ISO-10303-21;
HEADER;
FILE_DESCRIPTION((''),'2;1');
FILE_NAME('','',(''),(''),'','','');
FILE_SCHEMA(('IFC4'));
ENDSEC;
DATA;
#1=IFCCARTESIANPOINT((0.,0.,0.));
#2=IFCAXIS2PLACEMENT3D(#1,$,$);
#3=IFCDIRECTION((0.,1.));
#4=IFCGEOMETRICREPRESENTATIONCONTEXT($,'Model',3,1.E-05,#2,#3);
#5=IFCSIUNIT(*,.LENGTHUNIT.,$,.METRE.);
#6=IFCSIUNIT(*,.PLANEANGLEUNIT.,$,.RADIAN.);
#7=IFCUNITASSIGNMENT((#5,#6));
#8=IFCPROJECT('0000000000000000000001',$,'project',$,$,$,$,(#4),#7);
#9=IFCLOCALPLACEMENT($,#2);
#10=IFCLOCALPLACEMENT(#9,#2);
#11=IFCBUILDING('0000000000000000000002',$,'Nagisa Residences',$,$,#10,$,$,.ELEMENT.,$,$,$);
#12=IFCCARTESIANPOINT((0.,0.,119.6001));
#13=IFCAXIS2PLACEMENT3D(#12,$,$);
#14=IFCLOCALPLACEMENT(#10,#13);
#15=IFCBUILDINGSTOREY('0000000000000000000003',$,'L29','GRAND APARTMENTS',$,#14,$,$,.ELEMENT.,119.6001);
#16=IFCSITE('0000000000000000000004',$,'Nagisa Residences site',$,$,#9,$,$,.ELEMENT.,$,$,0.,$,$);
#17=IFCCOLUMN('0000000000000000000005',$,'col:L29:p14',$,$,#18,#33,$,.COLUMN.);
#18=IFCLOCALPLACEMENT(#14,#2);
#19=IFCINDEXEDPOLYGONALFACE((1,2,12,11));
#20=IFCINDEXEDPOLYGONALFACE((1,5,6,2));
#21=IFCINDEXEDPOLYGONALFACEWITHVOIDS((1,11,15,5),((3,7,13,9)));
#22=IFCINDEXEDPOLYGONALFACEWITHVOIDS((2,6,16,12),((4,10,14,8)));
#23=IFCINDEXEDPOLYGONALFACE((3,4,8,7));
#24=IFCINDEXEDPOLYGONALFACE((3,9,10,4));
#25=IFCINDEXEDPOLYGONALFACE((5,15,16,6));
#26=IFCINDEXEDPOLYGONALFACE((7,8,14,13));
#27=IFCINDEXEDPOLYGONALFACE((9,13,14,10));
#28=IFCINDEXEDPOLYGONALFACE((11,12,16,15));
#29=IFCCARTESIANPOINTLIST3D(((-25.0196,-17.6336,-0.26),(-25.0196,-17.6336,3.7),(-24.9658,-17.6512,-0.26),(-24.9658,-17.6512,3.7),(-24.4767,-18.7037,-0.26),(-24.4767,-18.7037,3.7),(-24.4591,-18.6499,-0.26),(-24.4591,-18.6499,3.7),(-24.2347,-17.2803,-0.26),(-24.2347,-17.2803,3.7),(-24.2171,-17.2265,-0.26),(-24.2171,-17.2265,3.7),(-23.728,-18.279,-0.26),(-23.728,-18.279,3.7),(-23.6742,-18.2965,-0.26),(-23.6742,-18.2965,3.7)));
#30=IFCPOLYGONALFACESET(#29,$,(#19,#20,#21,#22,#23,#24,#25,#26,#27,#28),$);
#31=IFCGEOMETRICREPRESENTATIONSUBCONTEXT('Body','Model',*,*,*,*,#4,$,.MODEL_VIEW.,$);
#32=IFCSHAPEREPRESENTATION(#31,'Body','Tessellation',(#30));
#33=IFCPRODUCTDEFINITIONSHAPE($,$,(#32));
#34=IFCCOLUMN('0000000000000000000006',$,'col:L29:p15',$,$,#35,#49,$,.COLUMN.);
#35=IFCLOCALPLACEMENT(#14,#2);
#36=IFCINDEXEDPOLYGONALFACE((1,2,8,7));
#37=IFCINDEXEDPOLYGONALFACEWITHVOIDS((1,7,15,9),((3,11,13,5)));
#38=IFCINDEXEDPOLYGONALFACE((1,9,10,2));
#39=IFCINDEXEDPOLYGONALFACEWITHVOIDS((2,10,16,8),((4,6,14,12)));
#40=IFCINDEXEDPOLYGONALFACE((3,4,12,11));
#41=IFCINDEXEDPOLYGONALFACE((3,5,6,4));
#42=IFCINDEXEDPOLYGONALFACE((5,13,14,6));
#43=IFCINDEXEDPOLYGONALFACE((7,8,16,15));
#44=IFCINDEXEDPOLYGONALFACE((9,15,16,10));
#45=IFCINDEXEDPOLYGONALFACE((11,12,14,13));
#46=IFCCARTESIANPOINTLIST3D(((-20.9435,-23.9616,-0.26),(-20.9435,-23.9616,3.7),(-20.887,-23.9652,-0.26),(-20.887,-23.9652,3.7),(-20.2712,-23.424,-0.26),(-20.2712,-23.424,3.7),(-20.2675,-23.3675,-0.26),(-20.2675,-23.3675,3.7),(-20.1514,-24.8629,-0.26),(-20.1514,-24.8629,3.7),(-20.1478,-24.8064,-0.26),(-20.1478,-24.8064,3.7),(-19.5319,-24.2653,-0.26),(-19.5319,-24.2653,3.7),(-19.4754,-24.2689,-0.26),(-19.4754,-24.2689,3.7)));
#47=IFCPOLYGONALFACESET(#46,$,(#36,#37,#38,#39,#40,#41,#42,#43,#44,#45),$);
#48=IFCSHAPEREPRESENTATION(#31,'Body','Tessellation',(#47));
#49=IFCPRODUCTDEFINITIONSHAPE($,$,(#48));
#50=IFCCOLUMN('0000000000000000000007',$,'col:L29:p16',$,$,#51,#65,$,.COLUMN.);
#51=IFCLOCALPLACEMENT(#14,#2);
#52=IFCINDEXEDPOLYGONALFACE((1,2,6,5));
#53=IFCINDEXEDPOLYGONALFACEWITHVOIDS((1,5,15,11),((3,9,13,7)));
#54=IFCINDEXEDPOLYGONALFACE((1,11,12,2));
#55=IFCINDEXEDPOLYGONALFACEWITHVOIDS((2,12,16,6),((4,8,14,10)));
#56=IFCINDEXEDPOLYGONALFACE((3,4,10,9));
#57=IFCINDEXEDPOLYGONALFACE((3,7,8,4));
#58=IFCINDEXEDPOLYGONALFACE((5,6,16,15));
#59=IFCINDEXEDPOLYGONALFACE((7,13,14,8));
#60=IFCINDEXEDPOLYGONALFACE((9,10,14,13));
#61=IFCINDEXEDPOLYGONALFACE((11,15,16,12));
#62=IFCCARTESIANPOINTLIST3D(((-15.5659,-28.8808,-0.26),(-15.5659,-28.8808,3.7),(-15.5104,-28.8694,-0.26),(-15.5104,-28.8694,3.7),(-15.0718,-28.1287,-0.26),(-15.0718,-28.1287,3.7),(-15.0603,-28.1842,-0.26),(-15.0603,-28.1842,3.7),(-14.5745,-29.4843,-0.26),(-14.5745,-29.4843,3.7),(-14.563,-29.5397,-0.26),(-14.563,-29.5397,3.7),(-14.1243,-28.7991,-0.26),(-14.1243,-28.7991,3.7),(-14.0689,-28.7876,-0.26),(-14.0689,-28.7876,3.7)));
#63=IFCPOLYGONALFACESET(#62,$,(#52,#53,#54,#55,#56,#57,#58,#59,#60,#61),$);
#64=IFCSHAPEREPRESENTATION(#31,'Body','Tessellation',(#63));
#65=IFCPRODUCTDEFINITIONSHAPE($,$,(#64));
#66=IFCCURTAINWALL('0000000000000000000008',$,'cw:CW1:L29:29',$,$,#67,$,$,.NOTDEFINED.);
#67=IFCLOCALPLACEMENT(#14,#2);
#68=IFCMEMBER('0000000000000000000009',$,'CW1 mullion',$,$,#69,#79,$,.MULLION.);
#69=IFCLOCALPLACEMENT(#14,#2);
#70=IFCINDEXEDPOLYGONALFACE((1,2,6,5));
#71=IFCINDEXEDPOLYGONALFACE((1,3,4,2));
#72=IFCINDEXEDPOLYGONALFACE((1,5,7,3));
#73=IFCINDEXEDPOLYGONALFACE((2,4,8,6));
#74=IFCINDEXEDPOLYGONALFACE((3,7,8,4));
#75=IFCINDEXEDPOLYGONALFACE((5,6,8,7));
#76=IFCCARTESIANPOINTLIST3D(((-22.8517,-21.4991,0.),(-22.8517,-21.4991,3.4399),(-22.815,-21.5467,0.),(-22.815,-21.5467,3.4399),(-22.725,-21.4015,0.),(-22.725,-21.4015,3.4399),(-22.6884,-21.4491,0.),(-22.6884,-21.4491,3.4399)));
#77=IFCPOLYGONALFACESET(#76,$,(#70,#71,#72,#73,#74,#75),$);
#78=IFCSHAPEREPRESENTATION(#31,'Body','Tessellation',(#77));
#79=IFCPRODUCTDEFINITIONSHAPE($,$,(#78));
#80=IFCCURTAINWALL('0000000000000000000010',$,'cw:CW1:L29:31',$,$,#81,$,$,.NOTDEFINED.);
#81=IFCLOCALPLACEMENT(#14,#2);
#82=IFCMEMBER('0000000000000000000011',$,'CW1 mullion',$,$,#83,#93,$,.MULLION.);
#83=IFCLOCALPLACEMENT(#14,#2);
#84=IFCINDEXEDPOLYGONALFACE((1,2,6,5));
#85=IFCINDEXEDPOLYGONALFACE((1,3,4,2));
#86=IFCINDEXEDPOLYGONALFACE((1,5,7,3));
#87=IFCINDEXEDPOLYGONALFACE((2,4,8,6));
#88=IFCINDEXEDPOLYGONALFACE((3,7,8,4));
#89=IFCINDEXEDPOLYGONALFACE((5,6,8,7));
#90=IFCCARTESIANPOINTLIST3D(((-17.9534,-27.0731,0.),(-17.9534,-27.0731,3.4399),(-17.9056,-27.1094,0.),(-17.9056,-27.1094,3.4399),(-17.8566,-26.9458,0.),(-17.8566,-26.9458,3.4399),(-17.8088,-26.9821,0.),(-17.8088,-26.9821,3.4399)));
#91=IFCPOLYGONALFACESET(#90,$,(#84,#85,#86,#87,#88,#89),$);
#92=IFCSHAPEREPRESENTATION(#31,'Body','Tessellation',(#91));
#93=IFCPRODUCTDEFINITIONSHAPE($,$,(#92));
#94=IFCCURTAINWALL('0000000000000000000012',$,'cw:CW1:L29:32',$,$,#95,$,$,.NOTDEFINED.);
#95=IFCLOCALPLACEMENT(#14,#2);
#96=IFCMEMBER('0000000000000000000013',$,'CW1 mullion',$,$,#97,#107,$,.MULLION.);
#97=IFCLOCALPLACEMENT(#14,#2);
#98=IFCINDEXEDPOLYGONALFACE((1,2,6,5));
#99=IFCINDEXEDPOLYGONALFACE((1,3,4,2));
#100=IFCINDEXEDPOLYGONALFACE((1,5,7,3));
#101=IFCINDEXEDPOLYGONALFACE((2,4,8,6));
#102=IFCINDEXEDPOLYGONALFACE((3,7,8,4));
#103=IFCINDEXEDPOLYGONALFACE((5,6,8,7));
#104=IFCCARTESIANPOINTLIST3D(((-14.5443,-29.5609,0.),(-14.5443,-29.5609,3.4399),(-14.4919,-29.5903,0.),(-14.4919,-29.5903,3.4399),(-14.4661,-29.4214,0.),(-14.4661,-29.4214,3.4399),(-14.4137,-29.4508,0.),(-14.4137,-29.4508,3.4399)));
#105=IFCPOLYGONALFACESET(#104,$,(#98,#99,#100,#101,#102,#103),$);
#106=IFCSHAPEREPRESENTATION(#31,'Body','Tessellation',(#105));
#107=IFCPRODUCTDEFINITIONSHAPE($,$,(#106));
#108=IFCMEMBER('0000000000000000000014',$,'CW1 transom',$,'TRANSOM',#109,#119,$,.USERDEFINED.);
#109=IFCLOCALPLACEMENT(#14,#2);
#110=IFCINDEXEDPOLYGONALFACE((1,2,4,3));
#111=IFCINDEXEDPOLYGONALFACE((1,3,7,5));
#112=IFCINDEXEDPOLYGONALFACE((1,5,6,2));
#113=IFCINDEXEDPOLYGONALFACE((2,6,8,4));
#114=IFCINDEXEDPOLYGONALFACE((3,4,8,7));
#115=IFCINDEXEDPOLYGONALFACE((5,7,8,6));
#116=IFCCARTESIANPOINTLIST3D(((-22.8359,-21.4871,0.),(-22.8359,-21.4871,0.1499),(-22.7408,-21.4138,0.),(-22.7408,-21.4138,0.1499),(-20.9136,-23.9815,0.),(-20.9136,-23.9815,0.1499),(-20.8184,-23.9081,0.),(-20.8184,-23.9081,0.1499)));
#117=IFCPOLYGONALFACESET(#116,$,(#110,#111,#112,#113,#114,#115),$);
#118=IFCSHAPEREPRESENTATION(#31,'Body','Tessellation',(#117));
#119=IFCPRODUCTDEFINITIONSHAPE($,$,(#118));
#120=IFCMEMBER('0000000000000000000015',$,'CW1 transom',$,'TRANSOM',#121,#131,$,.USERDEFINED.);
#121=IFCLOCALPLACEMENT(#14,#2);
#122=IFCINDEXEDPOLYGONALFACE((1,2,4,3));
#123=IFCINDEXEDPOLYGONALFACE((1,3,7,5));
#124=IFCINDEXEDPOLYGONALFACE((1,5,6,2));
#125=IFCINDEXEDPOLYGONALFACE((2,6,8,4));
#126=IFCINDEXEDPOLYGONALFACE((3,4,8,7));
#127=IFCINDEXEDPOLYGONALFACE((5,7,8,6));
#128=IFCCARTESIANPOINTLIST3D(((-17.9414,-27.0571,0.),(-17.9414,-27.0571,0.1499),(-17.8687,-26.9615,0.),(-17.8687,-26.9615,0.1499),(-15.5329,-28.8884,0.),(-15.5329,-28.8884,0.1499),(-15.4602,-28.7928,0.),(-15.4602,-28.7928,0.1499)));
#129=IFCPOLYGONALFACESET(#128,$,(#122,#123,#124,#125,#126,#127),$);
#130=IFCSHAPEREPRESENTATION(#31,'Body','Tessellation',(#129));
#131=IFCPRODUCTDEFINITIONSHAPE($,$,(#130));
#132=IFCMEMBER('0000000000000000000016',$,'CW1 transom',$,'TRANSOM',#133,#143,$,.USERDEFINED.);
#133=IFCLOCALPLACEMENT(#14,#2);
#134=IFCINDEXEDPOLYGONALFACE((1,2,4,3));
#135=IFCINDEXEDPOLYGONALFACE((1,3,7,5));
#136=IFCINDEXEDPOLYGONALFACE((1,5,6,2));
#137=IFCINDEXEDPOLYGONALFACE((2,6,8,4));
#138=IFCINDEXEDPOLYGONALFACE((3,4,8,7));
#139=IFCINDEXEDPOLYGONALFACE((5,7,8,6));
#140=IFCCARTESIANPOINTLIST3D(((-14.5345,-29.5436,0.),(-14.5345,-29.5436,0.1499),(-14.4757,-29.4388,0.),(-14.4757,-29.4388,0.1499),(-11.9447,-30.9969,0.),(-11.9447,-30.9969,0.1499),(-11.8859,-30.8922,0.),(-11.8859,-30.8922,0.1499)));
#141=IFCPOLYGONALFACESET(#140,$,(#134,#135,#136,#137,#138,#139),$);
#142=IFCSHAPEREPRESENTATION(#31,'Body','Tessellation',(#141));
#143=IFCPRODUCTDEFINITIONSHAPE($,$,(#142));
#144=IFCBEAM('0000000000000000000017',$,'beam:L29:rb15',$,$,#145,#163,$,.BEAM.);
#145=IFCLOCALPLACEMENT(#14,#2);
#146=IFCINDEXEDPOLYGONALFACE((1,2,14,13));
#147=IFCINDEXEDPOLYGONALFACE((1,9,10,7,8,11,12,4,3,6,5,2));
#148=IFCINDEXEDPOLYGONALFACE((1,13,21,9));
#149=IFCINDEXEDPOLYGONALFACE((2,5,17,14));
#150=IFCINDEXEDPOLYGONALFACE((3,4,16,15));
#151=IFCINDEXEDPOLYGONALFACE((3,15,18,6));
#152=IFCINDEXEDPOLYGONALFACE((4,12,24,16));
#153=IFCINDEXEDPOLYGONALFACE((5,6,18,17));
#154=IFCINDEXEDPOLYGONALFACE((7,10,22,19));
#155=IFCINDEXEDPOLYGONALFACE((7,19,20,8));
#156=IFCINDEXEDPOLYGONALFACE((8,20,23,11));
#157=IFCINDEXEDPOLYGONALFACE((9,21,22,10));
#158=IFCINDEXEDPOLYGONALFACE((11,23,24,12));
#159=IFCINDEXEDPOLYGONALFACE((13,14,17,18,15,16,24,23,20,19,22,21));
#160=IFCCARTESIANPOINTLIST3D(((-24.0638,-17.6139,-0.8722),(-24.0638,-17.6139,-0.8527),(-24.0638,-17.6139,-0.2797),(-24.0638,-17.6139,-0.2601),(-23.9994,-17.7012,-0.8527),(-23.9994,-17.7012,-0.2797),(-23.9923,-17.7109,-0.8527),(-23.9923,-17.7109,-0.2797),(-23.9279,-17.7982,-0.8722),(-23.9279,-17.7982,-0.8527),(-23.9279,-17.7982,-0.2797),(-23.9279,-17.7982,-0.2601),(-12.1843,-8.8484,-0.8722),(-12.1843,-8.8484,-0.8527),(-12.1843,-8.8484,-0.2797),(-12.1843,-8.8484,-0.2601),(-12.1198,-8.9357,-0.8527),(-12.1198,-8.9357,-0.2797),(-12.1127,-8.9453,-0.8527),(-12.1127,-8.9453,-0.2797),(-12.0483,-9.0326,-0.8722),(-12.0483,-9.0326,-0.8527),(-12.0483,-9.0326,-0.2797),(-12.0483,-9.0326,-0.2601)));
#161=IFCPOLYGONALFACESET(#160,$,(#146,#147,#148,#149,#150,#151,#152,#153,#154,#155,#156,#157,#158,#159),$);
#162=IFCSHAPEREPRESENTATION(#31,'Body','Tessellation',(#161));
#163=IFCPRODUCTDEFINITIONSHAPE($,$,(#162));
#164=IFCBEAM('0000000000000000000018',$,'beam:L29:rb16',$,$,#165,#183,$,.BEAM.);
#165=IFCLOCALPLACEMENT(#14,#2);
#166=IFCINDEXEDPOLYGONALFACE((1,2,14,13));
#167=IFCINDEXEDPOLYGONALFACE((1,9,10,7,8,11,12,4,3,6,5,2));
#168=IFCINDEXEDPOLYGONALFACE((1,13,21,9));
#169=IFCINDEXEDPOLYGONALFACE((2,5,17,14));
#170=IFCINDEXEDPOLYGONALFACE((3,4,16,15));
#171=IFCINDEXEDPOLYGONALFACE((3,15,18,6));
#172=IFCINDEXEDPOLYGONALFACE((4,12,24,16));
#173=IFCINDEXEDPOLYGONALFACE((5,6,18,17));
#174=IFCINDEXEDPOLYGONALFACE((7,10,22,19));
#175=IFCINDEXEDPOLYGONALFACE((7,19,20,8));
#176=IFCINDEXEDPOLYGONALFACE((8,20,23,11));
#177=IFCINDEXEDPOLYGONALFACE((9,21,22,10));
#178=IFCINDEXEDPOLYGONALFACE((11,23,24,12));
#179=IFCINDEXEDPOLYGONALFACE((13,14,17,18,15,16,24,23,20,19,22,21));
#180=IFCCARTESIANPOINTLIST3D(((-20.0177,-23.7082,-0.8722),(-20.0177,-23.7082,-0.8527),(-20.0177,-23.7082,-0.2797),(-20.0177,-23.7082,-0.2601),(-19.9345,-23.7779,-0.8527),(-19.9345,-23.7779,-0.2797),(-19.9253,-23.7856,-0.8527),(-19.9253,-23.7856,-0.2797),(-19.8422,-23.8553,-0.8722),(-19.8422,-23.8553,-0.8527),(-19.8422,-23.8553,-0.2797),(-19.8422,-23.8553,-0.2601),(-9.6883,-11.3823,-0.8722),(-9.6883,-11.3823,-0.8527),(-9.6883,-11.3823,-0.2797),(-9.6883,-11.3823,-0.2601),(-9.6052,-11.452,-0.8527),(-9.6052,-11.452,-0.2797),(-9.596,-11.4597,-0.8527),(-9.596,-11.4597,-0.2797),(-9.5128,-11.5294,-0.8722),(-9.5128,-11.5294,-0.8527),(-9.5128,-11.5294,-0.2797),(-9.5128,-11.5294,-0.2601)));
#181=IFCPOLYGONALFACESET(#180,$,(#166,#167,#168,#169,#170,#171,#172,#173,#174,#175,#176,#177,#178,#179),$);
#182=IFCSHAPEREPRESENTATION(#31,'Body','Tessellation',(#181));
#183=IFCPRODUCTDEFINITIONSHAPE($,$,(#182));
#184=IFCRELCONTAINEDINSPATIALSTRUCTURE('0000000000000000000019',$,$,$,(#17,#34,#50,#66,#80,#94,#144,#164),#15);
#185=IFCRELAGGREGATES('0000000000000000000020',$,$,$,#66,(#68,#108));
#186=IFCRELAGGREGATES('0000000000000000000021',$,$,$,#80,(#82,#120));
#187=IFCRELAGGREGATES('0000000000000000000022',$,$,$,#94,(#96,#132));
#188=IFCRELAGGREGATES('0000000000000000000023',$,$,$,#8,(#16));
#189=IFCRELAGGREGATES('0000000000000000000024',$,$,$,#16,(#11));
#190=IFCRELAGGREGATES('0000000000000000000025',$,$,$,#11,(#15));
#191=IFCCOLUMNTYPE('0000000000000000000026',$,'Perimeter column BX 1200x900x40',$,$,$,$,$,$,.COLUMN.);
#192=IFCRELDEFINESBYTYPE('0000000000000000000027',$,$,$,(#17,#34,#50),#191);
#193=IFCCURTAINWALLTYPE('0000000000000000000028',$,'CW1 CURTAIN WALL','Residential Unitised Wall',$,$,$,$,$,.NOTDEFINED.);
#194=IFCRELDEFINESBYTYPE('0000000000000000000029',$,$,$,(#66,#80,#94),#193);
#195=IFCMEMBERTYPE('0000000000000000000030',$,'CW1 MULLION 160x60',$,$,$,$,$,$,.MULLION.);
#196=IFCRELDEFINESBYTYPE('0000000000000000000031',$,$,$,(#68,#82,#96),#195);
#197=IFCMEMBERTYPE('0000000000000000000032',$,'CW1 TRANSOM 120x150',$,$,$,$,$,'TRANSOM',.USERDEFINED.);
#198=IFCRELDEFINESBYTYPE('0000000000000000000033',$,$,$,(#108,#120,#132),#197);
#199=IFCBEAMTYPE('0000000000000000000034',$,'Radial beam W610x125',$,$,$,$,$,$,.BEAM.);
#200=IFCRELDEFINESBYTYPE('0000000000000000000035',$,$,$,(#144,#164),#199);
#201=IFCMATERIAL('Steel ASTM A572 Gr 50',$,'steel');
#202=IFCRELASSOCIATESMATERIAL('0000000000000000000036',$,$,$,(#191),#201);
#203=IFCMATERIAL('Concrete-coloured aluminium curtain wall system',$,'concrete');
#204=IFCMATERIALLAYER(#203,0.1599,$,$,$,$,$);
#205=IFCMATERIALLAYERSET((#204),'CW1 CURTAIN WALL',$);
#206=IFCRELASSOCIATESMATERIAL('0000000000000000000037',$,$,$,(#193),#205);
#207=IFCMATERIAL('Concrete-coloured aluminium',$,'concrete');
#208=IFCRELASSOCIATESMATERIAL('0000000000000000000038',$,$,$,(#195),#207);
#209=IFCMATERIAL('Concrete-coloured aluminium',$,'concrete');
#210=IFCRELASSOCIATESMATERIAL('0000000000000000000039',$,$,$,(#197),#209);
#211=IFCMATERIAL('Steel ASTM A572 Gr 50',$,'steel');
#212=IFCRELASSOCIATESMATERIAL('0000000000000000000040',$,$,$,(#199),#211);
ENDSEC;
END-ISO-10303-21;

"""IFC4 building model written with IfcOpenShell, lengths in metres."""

from ifc_helpers import new_model, si_unit, direction, frame, origin, origin_2d, place, context, subcontext, project, spatial, rectangle, hollow_rectangle, i_section, extrude, material, layer, layer_set, material_profile, profile_set, type_object, element, aggregate, save


model = new_model("IFC4")

# Units and contexts
model_context = context("Model", 3, precision=1e-05, world=origin(), true_north=direction((0.0, 1.0)))
body_context = subcontext(model_context, "Body", "Model", "MODEL_VIEW")
ifc_project = project(units=[si_unit("LENGTHUNIT", "METRE"), si_unit("PLANEANGLEUNIT", "RADIAN")], contexts=[model_context])

# Site, building, storey
site_placement = place(None, origin())
site = spatial("IfcSite", under=ifc_project, at=site_placement, Name="Nagisa Residences site", CompositionType="ELEMENT", RefElevation=0.0)
building_placement = place(site_placement, origin())
building = spatial("IfcBuilding", under=site, at=building_placement, Name="Nagisa Residences", CompositionType="ELEMENT")
storey_placement = place(building_placement, frame((0.0, 0.0, 119.6001)))
storey = spatial("IfcBuildingStorey", under=building, at=storey_placement, Name="L29", Description="GRAND APARTMENTS", CompositionType="ELEMENT", Elevation=119.6001)

# Columns
ifc_material_1 = material(Name="Steel ASTM A572 Gr 50", Category="steel")
ifc_material_profile_1 = material_profile(ifc_material_1, hollow_rectangle(XDim=1.2, YDim=0.8999, WallThickness=0.04, at=origin_2d()), Name="BX 1200x900x40")
ifc_profile_set_1 = profile_set([ifc_material_profile_1], Name="Steel ASTM A572 Gr 50")
column_type = type_object("IfcColumnType", Name="Perimeter column BX 1200x900x40", PredefinedType="COLUMN", material=ifc_profile_set_1)
for number, where, z_axis, x_axis, name in (
    (1, (-24.3469, -17.9651, -0.26), (0.0, 0.0, 1.0), (0.452463, -0.891783, 0.0), "col:L29:p14"),
    (2, (-20.2095, -24.1152, -0.26), (0.0, 0.0, 1.0), (0.660115, -0.751165, 0.0), "col:L29:p15"),
    (3, (-14.8174, -28.8342, -0.26), (0.0, 0.0, 1.0), (0.835766, -0.549086, 0.0), "col:L29:p16"),
):
    element("IfcColumn", number, at=place(storey_placement, frame(where, z_axis=z_axis, x_axis=x_axis)), inside=storey, type_object=column_type, Name=name, PredefinedType="COLUMN", context=body_context, shape_type="SweptSolid", body=[
        extrude(hollow_rectangle(XDim=1.2, YDim=0.8999, WallThickness=0.04, at=origin_2d()), origin(), (0.0, 0.0, 1.0), 3.96),
    ])

# Curtain walls, members
ifc_material_2 = material(Name="Concrete-coloured aluminium curtain wall system", Category="concrete")
ifc_layer_1 = layer(ifc_material_2, 0.1599)
ifc_layer_set_1 = layer_set([ifc_layer_1], Name="CW1 CURTAIN WALL")
curtain_wall_type = type_object("IfcCurtainWallType", Name="CW1 CURTAIN WALL", Description="Residential Unitised Wall", PredefinedType="NOTDEFINED", material=ifc_layer_set_1)
curtain_wall_1_placement = place(storey_placement, origin())
curtain_wall_1 = element("IfcCurtainWall", 4, at=curtain_wall_1_placement, inside=storey, type_object=curtain_wall_type, Name="cw:CW1:L29:29", PredefinedType="NOTDEFINED")
ifc_material_3 = material(Name="Concrete-coloured aluminium", Category="concrete")
ifc_material_profile_2 = material_profile(ifc_material_3, rectangle(XDim=0.1599, YDim=0.0601, at=origin_2d()), Name="CW1 MULLION 160x60")
ifc_profile_set_2 = profile_set([ifc_material_profile_2], Name="Concrete-coloured aluminium")
member_type_1 = type_object("IfcMemberType", Name="CW1 MULLION 160x60", PredefinedType="MULLION", material=ifc_profile_set_2)
member_1_placement = place(storey_placement, frame((-22.77, -21.4741, 0.0), z_axis=(0.0, 0.0, 1.0), x_axis=(0.79207, 0.61043, 0.0)))
member_1 = element("IfcMember", 5, at=member_1_placement, type_object=member_type_1, Name="CW1 mullion", PredefinedType="MULLION", context=body_context, shape_type="SweptSolid", body=[
    extrude(rectangle(XDim=0.1599, YDim=0.0601, at=origin_2d()), origin(), (0.0, 0.0, 1.0), 3.4399),
])
curtain_wall_2_placement = place(storey_placement, origin())
curtain_wall_2 = element("IfcCurtainWall", 6, at=curtain_wall_2_placement, inside=storey, type_object=curtain_wall_type, Name="cw:CW1:L29:31", PredefinedType="NOTDEFINED")
member_2_placement = place(storey_placement, frame((-17.8811, -27.0276, 0.0), z_axis=(0.0, 0.0, 1.0), x_axis=(0.605255, 0.796031, 0.0)))
member_2 = element("IfcMember", 7, at=member_2_placement, type_object=member_type_1, Name="CW1 mullion", PredefinedType="MULLION", context=body_context, shape_type="SweptSolid", body=[
    extrude(rectangle(XDim=0.1599, YDim=0.0601, at=origin_2d()), origin(), (0.0, 0.0, 1.0), 3.4399),
])
curtain_wall_3_placement = place(storey_placement, origin())
curtain_wall_3 = element("IfcCurtainWall", 8, at=curtain_wall_3_placement, inside=storey, type_object=curtain_wall_type, Name="cw:CW1:L29:32", PredefinedType="NOTDEFINED")
member_3_placement = place(storey_placement, frame((-14.479, -29.5059, 0.0), z_axis=(0.0, 0.0, 1.0), x_axis=(0.489377, 0.872072, 0.0)))
member_3 = element("IfcMember", 9, at=member_3_placement, type_object=member_type_1, Name="CW1 mullion", PredefinedType="MULLION", context=body_context, shape_type="SweptSolid", body=[
    extrude(rectangle(XDim=0.1599, YDim=0.0601, at=origin_2d()), origin(), (0.0, 0.0, 1.0), 3.4399),
])

# Members
ifc_material_4 = material(Name="Concrete-coloured aluminium", Category="concrete")
ifc_material_profile_3 = material_profile(ifc_material_4, rectangle(XDim=0.1201, YDim=0.1499, at=origin_2d()), Name="CW1 TRANSOM 120x150")
ifc_profile_set_3 = profile_set([ifc_material_profile_3], Name="Concrete-coloured aluminium")
member_type_2 = type_object("IfcMemberType", Name="CW1 TRANSOM 120x150", ElementType="TRANSOM", PredefinedType="USERDEFINED", material=ifc_profile_set_3)
member_4_placement = place(storey_placement, frame((-22.7883, -21.4504, 0.075), z_axis=(0.61043, -0.79207, 0.0), x_axis=(0.79207, 0.61043, 0.0)))
member_4 = element("IfcMember", 10, at=member_4_placement, type_object=member_type_2, Name="CW1 transom", ObjectType="TRANSOM", PredefinedType="USERDEFINED", context=body_context, shape_type="SweptSolid", body=[
    extrude(rectangle(XDim=0.1201, YDim=0.1499, at=origin_2d()), origin(), (0.0, 0.0, 1.0), 3.1492),
])
member_5_placement = place(storey_placement, frame((-17.905, -27.0093, 0.075), z_axis=(0.796022, -0.605267, 0.0), x_axis=(0.605267, 0.796022, 0.0)))
member_5 = element("IfcMember", 11, at=member_5_placement, type_object=member_type_2, Name="CW1 transom", ObjectType="TRANSOM", PredefinedType="USERDEFINED", context=body_context, shape_type="SweptSolid", body=[
    extrude(rectangle(XDim=0.1201, YDim=0.1499, at=origin_2d()), origin(), (0.0, 0.0, 1.0), 3.0256),
])
member_6_placement = place(storey_placement, frame((-14.5051, -29.4912, 0.075), z_axis=(0.872067, -0.489387, 0.0), x_axis=(0.489387, 0.872067, 0.0)))
member_6 = element("IfcMember", 12, at=member_6_placement, type_object=member_type_2, Name="CW1 transom", ObjectType="TRANSOM", PredefinedType="USERDEFINED", context=body_context, shape_type="SweptSolid", body=[
    extrude(rectangle(XDim=0.1201, YDim=0.1499, at=origin_2d()), origin(), (0.0, 0.0, 1.0), 2.9697),
])

# Beams
ifc_material_5 = material(Name="Steel ASTM A572 Gr 50", Category="steel")
ifc_material_profile_4 = material_profile(ifc_material_5, i_section(OverallWidth=0.229, OverallDepth=0.6121, WebThickness=0.012, FlangeThickness=0.0195, at=origin_2d()), Name="W610x125")
ifc_profile_set_4 = profile_set([ifc_material_profile_4], Name="Steel ASTM A572 Gr 50")
beam_type = type_object("IfcBeamType", Name="Radial beam W610x125", PredefinedType="BEAM", material=ifc_profile_set_4)
beam_1_placement = place(storey_placement, frame((-23.9958, -17.7061, -0.5662), z_axis=(0.804661, 0.593735, 0.0), x_axis=(-0.593735, 0.804661, 0.0)))
element("IfcBeam", 13, at=beam_1_placement, inside=storey, type_object=beam_type, Name="beam:L29:rb15", PredefinedType="BEAM", context=body_context, shape_type="SweptSolid", body=[
    extrude(i_section(OverallWidth=0.229, OverallDepth=0.6121, WebThickness=0.012, FlangeThickness=0.0195, at=origin_2d()), origin(), (0.0, 0.0, 1.0), 14.7634),
])
beam_2_placement = place(storey_placement, frame((-19.9299, -23.7817, -0.5662), z_axis=(0.642301, 0.766453, 0.0), x_axis=(-0.766453, 0.642301, 0.0)))
element("IfcBeam", 14, at=beam_2_placement, inside=storey, type_object=beam_type, Name="beam:L29:rb16", PredefinedType="BEAM", context=body_context, shape_type="SweptSolid", body=[
    extrude(i_section(OverallWidth=0.229, OverallDepth=0.6121, WebThickness=0.012, FlangeThickness=0.0195, at=origin_2d()), origin(), (0.0, 0.0, 1.0), 16.0818),
])

aggregate(curtain_wall_1, [member_1, member_4])
aggregate(curtain_wall_2, [member_2, member_5])
aggregate(curtain_wall_3, [member_3, member_6])

save(model, "model.ifc")
